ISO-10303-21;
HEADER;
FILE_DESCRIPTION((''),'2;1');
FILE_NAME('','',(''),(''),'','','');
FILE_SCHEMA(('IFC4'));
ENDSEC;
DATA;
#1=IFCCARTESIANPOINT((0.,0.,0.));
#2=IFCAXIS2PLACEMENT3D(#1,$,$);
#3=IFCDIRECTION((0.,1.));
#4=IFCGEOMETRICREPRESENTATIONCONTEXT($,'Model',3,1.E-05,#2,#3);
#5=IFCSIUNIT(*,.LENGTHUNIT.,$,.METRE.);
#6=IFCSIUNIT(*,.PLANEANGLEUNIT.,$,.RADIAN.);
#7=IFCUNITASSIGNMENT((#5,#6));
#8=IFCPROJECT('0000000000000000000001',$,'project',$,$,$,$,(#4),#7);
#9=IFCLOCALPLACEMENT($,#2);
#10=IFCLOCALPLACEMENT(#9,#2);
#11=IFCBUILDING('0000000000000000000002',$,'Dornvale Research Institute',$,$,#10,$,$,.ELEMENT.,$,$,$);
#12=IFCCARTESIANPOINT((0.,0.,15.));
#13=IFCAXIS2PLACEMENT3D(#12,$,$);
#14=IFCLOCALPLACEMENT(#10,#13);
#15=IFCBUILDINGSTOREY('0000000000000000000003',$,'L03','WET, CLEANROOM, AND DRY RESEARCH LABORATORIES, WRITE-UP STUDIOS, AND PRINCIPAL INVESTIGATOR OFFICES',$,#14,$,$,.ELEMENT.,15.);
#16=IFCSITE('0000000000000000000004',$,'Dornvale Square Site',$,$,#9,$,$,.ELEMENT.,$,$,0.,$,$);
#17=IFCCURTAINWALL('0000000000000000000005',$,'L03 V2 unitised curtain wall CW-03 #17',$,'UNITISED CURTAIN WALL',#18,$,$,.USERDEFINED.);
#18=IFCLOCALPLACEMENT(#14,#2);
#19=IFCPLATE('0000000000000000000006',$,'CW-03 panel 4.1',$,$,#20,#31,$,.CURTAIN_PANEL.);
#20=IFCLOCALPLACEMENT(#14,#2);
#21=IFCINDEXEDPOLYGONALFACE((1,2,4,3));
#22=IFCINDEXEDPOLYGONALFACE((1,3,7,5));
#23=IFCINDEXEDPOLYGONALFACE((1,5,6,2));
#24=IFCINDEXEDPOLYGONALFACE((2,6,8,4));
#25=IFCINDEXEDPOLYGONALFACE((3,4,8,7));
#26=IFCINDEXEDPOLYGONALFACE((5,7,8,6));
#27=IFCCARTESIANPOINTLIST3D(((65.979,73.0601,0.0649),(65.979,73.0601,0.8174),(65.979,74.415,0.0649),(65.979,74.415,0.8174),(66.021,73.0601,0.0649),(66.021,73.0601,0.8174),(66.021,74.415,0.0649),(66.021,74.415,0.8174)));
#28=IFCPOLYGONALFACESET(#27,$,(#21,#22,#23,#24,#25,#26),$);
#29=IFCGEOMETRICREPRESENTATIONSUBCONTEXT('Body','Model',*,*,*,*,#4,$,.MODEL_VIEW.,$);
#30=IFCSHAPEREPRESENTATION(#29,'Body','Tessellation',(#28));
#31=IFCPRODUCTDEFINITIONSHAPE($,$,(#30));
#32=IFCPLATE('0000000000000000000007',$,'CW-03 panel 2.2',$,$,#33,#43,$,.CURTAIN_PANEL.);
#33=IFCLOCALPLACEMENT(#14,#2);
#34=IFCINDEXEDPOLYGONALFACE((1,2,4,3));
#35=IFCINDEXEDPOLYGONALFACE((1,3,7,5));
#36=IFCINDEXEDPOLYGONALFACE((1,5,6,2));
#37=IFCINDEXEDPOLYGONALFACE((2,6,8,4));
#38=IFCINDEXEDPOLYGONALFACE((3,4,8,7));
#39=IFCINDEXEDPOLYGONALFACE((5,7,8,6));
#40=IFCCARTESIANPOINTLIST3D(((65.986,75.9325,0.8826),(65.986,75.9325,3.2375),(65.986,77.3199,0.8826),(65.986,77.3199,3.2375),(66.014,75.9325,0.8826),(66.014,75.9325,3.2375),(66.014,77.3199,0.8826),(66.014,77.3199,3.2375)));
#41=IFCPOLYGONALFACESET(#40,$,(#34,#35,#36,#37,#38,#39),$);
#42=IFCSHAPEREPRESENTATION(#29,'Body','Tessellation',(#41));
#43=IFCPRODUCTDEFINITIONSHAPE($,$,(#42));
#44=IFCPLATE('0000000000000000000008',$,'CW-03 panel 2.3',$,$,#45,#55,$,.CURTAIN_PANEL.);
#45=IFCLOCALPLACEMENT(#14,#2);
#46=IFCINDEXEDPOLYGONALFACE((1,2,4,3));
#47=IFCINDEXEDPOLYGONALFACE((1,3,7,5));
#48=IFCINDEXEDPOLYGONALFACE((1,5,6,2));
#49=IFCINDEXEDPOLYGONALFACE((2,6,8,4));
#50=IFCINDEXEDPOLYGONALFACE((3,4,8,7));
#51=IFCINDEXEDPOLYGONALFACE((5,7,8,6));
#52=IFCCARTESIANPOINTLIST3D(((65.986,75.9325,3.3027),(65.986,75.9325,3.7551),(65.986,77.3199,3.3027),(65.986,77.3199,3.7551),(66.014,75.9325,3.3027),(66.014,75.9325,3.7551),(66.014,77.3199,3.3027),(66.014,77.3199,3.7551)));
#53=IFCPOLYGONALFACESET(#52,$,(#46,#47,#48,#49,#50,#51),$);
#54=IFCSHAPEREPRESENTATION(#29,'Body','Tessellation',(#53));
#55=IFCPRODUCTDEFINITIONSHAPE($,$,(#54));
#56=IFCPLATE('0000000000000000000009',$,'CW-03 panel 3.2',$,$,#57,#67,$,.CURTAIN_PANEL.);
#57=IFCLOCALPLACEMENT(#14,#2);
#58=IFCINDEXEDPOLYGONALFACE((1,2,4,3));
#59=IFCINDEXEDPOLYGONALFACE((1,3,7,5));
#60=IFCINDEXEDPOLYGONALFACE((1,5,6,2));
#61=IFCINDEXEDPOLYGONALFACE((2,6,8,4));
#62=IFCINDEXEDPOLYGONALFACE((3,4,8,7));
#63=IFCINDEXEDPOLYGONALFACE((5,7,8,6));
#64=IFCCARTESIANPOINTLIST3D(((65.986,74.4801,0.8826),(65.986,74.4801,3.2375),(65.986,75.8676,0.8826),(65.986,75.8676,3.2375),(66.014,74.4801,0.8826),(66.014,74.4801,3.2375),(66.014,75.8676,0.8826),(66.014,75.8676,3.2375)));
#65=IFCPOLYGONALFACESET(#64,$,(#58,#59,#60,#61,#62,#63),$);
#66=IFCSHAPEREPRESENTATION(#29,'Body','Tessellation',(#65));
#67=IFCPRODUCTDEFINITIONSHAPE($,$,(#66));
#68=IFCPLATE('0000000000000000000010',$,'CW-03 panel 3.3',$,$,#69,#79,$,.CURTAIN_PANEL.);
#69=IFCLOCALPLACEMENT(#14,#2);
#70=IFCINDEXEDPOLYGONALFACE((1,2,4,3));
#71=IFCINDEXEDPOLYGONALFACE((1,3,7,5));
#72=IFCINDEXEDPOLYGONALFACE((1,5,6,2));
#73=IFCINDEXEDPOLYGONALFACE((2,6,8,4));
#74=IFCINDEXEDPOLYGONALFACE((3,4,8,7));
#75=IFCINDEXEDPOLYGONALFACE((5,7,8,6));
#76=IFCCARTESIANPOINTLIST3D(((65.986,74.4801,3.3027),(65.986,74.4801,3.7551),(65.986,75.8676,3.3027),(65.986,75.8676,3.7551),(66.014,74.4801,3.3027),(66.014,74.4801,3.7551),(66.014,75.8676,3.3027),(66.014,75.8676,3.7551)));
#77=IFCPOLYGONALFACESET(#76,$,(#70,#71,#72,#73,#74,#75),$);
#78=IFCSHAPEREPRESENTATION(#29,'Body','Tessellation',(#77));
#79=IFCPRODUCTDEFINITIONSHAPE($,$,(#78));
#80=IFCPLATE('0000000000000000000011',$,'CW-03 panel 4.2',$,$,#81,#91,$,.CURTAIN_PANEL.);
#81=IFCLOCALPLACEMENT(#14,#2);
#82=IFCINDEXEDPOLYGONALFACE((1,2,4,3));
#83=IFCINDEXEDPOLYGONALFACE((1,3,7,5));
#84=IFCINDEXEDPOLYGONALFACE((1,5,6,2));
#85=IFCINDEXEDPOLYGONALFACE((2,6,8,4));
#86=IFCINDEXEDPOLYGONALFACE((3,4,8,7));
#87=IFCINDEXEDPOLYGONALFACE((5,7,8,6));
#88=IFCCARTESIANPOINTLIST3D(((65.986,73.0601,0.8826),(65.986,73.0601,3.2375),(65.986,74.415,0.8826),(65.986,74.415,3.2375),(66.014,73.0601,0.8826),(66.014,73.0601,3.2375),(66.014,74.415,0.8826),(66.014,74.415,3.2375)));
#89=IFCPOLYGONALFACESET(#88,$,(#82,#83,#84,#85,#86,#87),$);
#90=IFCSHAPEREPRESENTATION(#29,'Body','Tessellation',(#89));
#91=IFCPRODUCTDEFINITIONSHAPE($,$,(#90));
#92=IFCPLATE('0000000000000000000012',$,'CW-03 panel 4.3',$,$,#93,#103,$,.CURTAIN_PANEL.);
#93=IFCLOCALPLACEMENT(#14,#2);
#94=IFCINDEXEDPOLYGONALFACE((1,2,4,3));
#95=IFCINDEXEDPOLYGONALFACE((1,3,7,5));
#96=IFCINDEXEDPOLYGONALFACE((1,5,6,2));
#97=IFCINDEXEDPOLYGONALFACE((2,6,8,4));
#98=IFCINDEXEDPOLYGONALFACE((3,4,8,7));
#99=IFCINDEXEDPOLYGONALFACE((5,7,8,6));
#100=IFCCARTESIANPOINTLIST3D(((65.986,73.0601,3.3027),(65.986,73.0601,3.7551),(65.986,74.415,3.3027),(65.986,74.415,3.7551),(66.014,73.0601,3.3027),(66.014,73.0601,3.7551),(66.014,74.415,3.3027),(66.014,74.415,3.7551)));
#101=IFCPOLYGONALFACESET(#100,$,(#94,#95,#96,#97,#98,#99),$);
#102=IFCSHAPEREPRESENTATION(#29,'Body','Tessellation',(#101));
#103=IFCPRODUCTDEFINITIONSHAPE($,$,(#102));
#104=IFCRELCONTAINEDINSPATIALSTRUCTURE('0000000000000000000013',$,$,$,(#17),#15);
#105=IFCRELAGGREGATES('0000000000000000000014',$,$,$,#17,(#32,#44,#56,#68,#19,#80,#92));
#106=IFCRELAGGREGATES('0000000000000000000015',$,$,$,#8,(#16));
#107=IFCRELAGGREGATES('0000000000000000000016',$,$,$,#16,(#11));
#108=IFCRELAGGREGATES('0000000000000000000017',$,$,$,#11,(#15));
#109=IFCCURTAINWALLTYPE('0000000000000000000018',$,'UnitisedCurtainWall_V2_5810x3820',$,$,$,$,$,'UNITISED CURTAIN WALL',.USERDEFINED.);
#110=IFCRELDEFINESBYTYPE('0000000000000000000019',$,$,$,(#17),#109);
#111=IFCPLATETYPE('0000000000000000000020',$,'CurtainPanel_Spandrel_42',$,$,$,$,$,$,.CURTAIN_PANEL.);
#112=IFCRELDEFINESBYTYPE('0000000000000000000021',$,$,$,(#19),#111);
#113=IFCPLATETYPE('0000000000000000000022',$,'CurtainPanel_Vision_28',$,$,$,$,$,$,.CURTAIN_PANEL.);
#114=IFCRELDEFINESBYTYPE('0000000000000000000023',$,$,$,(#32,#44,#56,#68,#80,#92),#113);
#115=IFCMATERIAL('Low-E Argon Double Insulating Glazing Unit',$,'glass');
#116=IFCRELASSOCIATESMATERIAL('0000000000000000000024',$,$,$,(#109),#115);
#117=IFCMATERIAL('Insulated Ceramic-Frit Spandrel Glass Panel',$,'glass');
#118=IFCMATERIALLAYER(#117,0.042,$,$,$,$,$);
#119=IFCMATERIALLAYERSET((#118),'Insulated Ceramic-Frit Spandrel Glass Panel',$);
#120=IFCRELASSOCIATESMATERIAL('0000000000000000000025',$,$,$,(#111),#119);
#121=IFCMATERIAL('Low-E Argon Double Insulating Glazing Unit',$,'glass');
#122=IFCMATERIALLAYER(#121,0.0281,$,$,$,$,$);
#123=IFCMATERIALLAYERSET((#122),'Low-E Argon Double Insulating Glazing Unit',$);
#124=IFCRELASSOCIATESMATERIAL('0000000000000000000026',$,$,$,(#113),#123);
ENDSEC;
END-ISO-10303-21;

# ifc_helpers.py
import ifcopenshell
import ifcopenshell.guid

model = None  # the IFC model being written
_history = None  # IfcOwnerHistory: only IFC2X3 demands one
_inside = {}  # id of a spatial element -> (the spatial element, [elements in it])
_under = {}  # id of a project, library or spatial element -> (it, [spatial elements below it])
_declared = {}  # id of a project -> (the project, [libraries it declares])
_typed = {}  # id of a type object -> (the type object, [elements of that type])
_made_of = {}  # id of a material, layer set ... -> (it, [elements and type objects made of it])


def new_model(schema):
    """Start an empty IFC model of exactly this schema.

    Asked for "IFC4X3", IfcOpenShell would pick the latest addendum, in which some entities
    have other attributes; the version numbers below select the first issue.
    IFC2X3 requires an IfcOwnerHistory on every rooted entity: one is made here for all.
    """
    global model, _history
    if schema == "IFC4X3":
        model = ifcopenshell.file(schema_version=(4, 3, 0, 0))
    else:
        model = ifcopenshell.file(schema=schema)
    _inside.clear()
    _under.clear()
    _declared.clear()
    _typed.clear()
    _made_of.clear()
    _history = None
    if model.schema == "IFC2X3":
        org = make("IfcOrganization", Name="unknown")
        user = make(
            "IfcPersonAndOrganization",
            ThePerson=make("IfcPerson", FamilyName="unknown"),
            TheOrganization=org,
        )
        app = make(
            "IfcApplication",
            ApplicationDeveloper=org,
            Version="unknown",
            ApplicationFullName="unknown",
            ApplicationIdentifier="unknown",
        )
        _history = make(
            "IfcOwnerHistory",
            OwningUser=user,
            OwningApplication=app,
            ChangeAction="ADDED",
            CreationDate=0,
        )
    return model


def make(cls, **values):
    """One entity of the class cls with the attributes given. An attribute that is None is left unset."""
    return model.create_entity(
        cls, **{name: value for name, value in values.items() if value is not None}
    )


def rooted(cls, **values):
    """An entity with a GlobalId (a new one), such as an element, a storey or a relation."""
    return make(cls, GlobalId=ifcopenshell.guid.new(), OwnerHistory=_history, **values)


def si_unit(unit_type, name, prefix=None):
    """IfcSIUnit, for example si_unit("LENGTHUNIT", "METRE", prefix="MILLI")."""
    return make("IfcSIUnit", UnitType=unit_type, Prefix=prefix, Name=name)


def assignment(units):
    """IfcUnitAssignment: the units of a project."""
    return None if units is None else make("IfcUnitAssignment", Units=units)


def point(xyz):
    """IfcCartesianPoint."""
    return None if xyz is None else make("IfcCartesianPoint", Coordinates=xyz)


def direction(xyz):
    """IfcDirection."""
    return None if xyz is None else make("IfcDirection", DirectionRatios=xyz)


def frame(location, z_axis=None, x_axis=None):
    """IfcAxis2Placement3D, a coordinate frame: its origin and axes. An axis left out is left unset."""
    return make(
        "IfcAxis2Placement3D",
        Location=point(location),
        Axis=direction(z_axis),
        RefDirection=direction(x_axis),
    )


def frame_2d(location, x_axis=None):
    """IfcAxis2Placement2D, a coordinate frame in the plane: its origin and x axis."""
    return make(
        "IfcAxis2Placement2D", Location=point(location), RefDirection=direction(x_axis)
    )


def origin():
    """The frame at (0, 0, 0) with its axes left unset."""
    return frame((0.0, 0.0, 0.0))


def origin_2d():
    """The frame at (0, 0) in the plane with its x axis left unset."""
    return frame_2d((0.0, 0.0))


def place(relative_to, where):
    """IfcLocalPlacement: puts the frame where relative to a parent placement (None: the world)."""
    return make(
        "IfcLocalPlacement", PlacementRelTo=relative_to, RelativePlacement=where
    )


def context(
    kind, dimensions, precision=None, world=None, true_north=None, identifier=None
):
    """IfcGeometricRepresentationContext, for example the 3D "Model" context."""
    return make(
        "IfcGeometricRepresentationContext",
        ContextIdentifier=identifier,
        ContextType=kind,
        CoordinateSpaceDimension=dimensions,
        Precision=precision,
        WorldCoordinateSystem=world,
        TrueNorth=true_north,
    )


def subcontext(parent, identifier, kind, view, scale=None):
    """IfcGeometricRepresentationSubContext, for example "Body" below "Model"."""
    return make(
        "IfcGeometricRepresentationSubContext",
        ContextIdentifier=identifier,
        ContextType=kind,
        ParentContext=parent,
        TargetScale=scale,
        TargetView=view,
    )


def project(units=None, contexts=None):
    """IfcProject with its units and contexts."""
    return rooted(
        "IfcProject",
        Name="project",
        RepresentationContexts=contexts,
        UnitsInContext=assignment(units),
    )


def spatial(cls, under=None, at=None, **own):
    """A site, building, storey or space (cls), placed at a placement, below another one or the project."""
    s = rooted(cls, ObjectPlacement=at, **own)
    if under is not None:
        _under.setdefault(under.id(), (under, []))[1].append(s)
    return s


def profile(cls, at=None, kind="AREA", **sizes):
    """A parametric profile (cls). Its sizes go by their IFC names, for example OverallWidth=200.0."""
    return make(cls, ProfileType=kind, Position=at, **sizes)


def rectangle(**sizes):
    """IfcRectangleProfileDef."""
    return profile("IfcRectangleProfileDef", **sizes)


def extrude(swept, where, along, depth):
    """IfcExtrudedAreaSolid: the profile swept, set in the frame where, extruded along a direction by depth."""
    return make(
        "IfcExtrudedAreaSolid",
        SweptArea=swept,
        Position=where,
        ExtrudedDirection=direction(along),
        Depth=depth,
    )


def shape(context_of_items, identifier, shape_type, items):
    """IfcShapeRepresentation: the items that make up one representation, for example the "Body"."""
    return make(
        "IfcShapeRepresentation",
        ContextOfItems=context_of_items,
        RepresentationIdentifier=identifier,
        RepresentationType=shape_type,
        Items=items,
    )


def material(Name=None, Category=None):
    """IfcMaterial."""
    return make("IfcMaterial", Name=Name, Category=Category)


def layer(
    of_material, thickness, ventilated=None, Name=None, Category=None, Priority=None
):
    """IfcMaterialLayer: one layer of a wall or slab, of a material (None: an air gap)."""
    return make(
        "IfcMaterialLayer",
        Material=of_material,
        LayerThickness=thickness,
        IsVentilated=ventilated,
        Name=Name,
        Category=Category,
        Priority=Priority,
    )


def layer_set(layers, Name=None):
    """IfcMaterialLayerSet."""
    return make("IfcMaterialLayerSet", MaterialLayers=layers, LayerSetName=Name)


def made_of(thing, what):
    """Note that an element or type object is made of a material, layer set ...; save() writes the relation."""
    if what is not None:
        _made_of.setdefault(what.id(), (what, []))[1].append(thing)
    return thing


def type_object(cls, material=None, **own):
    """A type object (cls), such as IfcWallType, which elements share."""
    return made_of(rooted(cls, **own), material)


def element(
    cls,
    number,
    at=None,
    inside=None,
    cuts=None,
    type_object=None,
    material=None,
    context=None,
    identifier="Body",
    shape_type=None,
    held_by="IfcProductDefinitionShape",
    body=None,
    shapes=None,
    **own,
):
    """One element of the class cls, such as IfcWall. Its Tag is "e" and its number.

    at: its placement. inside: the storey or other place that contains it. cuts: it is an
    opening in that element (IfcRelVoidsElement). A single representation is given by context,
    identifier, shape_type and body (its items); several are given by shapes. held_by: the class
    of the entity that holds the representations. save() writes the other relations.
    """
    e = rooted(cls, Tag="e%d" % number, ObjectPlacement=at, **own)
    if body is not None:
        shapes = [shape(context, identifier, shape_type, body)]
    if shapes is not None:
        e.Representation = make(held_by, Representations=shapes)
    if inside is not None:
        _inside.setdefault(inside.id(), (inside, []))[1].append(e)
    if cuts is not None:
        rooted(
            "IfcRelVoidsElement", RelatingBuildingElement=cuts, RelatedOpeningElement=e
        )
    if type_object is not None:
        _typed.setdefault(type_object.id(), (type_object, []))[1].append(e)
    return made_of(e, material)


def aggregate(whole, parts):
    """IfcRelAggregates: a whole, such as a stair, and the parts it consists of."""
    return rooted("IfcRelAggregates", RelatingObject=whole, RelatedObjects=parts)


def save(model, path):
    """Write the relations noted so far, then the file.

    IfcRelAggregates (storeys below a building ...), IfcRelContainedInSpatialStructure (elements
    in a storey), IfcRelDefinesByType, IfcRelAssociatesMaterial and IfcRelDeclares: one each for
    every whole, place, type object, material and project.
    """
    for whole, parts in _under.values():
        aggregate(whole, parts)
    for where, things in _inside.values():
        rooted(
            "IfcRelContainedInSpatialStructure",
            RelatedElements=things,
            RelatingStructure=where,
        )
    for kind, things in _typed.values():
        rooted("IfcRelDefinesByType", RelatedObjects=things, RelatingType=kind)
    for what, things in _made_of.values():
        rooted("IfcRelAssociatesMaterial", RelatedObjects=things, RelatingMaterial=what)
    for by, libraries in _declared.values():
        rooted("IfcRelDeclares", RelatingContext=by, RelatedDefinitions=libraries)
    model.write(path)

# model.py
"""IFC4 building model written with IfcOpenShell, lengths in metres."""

from ifc_helpers import new_model, si_unit, direction, frame, origin, origin_2d, place, context, subcontext, project, spatial, rectangle, extrude, material, layer, layer_set, type_object, element, aggregate, save


model = new_model("IFC4")

# Units and contexts
model_context = context("Model", 3, precision=1e-05, world=origin(), true_north=direction((0.0, 1.0)))
body_context = subcontext(model_context, "Body", "Model", "MODEL_VIEW")
ifc_project = project(units=[si_unit("LENGTHUNIT", "METRE"), si_unit("PLANEANGLEUNIT", "RADIAN")], contexts=[model_context])

# Site, building, storey
site_placement = place(None, origin())
site = spatial("IfcSite", under=ifc_project, at=site_placement, Name="Dornvale Square Site", CompositionType="ELEMENT", RefElevation=0.0)
building_placement = place(site_placement, origin())
building = spatial("IfcBuilding", under=site, at=building_placement, Name="Dornvale Research Institute", CompositionType="ELEMENT")
storey_placement = place(building_placement, frame((0.0, 0.0, 15.0)))
storey = spatial("IfcBuildingStorey", under=building, at=storey_placement, Name="L03", Description="WET, CLEANROOM, AND DRY RESEARCH LABORATORIES, WRITE-UP STUDIOS, AND PRINCIPAL INVESTIGATOR OFFICES", CompositionType="ELEMENT", Elevation=15.0)

# Curtain wall, plates
ifc_material_1 = material(Name="Low-E Argon Double Insulating Glazing Unit", Category="glass")
curtain_wall_type = type_object("IfcCurtainWallType", Name="UnitisedCurtainWall_V2_5810x3820", ElementType="UNITISED CURTAIN WALL", PredefinedType="USERDEFINED", material=ifc_material_1)
curtain_wall_placement = place(storey_placement, origin())
curtain_wall = element("IfcCurtainWall", 1, at=curtain_wall_placement, inside=storey, type_object=curtain_wall_type, Name="L03 V2 unitised curtain wall CW-03 #17", ObjectType="UNITISED CURTAIN WALL", PredefinedType="USERDEFINED")
ifc_material_2 = material(Name="Insulated Ceramic-Frit Spandrel Glass Panel", Category="glass")
ifc_layer_1 = layer(ifc_material_2, 0.042)
ifc_layer_set_1 = layer_set([ifc_layer_1], Name="Insulated Ceramic-Frit Spandrel Glass Panel")
plate_type_1 = type_object("IfcPlateType", Name="CurtainPanel_Spandrel_42", PredefinedType="CURTAIN_PANEL", material=ifc_layer_set_1)
plate_1_placement = place(storey_placement, frame((66.0, 73.7375, 0.0649), z_axis=(0.0, 0.0, 1.0), x_axis=(0.0, -1.0, 0.0)))
plate_1 = element("IfcPlate", 2, at=plate_1_placement, type_object=plate_type_1, Name="CW-03 panel 4.1", PredefinedType="CURTAIN_PANEL", context=body_context, shape_type="SweptSolid", body=[
    extrude(rectangle(XDim=1.355, YDim=0.042, at=origin_2d()), origin(), (0.0, 0.0, 1.0), 0.7524),
])
ifc_material_3 = material(Name="Low-E Argon Double Insulating Glazing Unit", Category="glass")
ifc_layer_2 = layer(ifc_material_3, 0.0281)
ifc_layer_set_2 = layer_set([ifc_layer_2], Name="Low-E Argon Double Insulating Glazing Unit")
plate_type_2 = type_object("IfcPlateType", Name="CurtainPanel_Vision_28", PredefinedType="CURTAIN_PANEL", material=ifc_layer_set_2)
plate_2_placement = place(storey_placement, frame((66.0, 76.6262, 0.8826), z_axis=(0.0, 0.0, 1.0), x_axis=(0.0, -1.0, 0.0)))
plate_2 = element("IfcPlate", 3, at=plate_2_placement, type_object=plate_type_2, Name="CW-03 panel 2.2", PredefinedType="CURTAIN_PANEL", context=body_context, shape_type="SweptSolid", body=[
    extrude(rectangle(XDim=1.3875, YDim=0.0281, at=origin_2d()), origin(), (0.0, 0.0, 1.0), 2.355),
])
plate_3_placement = place(storey_placement, frame((66.0, 76.6262, 3.3027), z_axis=(0.0, 0.0, 1.0), x_axis=(0.0, -1.0, 0.0)))
plate_3 = element("IfcPlate", 4, at=plate_3_placement, type_object=plate_type_2, Name="CW-03 panel 2.3", PredefinedType="CURTAIN_PANEL", context=body_context, shape_type="SweptSolid", body=[
    extrude(rectangle(XDim=1.3875, YDim=0.0281, at=origin_2d()), origin(), (0.0, 0.0, 1.0), 0.4524),
])
plate_4_placement = place(storey_placement, frame((66.0, 75.1738, 0.8826), z_axis=(0.0, 0.0, 1.0), x_axis=(0.0, -1.0, 0.0)))
plate_4 = element("IfcPlate", 5, at=plate_4_placement, type_object=plate_type_2, Name="CW-03 panel 3.2", PredefinedType="CURTAIN_PANEL", context=body_context, shape_type="SweptSolid", body=[
    extrude(rectangle(XDim=1.3875, YDim=0.0281, at=origin_2d()), origin(), (0.0, 0.0, 1.0), 2.355),
])
plate_5_placement = place(storey_placement, frame((66.0, 75.1738, 3.3027), z_axis=(0.0, 0.0, 1.0), x_axis=(0.0, -1.0, 0.0)))
plate_5 = element("IfcPlate", 6, at=plate_5_placement, type_object=plate_type_2, Name="CW-03 panel 3.3", PredefinedType="CURTAIN_PANEL", context=body_context, shape_type="SweptSolid", body=[
    extrude(rectangle(XDim=1.3875, YDim=0.0281, at=origin_2d()), origin(), (0.0, 0.0, 1.0), 0.4524),
])
plate_6_placement = place(storey_placement, frame((66.0, 73.7375, 0.8826), z_axis=(0.0, 0.0, 1.0), x_axis=(0.0, -1.0, 0.0)))
plate_6 = element("IfcPlate", 7, at=plate_6_placement, type_object=plate_type_2, Name="CW-03 panel 4.2", PredefinedType="CURTAIN_PANEL", context=body_context, shape_type="SweptSolid", body=[
    extrude(rectangle(XDim=1.355, YDim=0.0281, at=origin_2d()), origin(), (0.0, 0.0, 1.0), 2.355),
])
plate_7_placement = place(storey_placement, frame((66.0, 73.7375, 3.3027), z_axis=(0.0, 0.0, 1.0), x_axis=(0.0, -1.0, 0.0)))
plate_7 = element("IfcPlate", 8, at=plate_7_placement, type_object=plate_type_2, Name="CW-03 panel 4.3", PredefinedType="CURTAIN_PANEL", context=body_context, shape_type="SweptSolid", body=[
    extrude(rectangle(XDim=1.355, YDim=0.0281, at=origin_2d()), origin(), (0.0, 0.0, 1.0), 0.4524),
])
aggregate(curtain_wall, [plate_2, plate_3, plate_4, plate_5, plate_1, plate_6, plate_7])

save(model, "model.ifc")
